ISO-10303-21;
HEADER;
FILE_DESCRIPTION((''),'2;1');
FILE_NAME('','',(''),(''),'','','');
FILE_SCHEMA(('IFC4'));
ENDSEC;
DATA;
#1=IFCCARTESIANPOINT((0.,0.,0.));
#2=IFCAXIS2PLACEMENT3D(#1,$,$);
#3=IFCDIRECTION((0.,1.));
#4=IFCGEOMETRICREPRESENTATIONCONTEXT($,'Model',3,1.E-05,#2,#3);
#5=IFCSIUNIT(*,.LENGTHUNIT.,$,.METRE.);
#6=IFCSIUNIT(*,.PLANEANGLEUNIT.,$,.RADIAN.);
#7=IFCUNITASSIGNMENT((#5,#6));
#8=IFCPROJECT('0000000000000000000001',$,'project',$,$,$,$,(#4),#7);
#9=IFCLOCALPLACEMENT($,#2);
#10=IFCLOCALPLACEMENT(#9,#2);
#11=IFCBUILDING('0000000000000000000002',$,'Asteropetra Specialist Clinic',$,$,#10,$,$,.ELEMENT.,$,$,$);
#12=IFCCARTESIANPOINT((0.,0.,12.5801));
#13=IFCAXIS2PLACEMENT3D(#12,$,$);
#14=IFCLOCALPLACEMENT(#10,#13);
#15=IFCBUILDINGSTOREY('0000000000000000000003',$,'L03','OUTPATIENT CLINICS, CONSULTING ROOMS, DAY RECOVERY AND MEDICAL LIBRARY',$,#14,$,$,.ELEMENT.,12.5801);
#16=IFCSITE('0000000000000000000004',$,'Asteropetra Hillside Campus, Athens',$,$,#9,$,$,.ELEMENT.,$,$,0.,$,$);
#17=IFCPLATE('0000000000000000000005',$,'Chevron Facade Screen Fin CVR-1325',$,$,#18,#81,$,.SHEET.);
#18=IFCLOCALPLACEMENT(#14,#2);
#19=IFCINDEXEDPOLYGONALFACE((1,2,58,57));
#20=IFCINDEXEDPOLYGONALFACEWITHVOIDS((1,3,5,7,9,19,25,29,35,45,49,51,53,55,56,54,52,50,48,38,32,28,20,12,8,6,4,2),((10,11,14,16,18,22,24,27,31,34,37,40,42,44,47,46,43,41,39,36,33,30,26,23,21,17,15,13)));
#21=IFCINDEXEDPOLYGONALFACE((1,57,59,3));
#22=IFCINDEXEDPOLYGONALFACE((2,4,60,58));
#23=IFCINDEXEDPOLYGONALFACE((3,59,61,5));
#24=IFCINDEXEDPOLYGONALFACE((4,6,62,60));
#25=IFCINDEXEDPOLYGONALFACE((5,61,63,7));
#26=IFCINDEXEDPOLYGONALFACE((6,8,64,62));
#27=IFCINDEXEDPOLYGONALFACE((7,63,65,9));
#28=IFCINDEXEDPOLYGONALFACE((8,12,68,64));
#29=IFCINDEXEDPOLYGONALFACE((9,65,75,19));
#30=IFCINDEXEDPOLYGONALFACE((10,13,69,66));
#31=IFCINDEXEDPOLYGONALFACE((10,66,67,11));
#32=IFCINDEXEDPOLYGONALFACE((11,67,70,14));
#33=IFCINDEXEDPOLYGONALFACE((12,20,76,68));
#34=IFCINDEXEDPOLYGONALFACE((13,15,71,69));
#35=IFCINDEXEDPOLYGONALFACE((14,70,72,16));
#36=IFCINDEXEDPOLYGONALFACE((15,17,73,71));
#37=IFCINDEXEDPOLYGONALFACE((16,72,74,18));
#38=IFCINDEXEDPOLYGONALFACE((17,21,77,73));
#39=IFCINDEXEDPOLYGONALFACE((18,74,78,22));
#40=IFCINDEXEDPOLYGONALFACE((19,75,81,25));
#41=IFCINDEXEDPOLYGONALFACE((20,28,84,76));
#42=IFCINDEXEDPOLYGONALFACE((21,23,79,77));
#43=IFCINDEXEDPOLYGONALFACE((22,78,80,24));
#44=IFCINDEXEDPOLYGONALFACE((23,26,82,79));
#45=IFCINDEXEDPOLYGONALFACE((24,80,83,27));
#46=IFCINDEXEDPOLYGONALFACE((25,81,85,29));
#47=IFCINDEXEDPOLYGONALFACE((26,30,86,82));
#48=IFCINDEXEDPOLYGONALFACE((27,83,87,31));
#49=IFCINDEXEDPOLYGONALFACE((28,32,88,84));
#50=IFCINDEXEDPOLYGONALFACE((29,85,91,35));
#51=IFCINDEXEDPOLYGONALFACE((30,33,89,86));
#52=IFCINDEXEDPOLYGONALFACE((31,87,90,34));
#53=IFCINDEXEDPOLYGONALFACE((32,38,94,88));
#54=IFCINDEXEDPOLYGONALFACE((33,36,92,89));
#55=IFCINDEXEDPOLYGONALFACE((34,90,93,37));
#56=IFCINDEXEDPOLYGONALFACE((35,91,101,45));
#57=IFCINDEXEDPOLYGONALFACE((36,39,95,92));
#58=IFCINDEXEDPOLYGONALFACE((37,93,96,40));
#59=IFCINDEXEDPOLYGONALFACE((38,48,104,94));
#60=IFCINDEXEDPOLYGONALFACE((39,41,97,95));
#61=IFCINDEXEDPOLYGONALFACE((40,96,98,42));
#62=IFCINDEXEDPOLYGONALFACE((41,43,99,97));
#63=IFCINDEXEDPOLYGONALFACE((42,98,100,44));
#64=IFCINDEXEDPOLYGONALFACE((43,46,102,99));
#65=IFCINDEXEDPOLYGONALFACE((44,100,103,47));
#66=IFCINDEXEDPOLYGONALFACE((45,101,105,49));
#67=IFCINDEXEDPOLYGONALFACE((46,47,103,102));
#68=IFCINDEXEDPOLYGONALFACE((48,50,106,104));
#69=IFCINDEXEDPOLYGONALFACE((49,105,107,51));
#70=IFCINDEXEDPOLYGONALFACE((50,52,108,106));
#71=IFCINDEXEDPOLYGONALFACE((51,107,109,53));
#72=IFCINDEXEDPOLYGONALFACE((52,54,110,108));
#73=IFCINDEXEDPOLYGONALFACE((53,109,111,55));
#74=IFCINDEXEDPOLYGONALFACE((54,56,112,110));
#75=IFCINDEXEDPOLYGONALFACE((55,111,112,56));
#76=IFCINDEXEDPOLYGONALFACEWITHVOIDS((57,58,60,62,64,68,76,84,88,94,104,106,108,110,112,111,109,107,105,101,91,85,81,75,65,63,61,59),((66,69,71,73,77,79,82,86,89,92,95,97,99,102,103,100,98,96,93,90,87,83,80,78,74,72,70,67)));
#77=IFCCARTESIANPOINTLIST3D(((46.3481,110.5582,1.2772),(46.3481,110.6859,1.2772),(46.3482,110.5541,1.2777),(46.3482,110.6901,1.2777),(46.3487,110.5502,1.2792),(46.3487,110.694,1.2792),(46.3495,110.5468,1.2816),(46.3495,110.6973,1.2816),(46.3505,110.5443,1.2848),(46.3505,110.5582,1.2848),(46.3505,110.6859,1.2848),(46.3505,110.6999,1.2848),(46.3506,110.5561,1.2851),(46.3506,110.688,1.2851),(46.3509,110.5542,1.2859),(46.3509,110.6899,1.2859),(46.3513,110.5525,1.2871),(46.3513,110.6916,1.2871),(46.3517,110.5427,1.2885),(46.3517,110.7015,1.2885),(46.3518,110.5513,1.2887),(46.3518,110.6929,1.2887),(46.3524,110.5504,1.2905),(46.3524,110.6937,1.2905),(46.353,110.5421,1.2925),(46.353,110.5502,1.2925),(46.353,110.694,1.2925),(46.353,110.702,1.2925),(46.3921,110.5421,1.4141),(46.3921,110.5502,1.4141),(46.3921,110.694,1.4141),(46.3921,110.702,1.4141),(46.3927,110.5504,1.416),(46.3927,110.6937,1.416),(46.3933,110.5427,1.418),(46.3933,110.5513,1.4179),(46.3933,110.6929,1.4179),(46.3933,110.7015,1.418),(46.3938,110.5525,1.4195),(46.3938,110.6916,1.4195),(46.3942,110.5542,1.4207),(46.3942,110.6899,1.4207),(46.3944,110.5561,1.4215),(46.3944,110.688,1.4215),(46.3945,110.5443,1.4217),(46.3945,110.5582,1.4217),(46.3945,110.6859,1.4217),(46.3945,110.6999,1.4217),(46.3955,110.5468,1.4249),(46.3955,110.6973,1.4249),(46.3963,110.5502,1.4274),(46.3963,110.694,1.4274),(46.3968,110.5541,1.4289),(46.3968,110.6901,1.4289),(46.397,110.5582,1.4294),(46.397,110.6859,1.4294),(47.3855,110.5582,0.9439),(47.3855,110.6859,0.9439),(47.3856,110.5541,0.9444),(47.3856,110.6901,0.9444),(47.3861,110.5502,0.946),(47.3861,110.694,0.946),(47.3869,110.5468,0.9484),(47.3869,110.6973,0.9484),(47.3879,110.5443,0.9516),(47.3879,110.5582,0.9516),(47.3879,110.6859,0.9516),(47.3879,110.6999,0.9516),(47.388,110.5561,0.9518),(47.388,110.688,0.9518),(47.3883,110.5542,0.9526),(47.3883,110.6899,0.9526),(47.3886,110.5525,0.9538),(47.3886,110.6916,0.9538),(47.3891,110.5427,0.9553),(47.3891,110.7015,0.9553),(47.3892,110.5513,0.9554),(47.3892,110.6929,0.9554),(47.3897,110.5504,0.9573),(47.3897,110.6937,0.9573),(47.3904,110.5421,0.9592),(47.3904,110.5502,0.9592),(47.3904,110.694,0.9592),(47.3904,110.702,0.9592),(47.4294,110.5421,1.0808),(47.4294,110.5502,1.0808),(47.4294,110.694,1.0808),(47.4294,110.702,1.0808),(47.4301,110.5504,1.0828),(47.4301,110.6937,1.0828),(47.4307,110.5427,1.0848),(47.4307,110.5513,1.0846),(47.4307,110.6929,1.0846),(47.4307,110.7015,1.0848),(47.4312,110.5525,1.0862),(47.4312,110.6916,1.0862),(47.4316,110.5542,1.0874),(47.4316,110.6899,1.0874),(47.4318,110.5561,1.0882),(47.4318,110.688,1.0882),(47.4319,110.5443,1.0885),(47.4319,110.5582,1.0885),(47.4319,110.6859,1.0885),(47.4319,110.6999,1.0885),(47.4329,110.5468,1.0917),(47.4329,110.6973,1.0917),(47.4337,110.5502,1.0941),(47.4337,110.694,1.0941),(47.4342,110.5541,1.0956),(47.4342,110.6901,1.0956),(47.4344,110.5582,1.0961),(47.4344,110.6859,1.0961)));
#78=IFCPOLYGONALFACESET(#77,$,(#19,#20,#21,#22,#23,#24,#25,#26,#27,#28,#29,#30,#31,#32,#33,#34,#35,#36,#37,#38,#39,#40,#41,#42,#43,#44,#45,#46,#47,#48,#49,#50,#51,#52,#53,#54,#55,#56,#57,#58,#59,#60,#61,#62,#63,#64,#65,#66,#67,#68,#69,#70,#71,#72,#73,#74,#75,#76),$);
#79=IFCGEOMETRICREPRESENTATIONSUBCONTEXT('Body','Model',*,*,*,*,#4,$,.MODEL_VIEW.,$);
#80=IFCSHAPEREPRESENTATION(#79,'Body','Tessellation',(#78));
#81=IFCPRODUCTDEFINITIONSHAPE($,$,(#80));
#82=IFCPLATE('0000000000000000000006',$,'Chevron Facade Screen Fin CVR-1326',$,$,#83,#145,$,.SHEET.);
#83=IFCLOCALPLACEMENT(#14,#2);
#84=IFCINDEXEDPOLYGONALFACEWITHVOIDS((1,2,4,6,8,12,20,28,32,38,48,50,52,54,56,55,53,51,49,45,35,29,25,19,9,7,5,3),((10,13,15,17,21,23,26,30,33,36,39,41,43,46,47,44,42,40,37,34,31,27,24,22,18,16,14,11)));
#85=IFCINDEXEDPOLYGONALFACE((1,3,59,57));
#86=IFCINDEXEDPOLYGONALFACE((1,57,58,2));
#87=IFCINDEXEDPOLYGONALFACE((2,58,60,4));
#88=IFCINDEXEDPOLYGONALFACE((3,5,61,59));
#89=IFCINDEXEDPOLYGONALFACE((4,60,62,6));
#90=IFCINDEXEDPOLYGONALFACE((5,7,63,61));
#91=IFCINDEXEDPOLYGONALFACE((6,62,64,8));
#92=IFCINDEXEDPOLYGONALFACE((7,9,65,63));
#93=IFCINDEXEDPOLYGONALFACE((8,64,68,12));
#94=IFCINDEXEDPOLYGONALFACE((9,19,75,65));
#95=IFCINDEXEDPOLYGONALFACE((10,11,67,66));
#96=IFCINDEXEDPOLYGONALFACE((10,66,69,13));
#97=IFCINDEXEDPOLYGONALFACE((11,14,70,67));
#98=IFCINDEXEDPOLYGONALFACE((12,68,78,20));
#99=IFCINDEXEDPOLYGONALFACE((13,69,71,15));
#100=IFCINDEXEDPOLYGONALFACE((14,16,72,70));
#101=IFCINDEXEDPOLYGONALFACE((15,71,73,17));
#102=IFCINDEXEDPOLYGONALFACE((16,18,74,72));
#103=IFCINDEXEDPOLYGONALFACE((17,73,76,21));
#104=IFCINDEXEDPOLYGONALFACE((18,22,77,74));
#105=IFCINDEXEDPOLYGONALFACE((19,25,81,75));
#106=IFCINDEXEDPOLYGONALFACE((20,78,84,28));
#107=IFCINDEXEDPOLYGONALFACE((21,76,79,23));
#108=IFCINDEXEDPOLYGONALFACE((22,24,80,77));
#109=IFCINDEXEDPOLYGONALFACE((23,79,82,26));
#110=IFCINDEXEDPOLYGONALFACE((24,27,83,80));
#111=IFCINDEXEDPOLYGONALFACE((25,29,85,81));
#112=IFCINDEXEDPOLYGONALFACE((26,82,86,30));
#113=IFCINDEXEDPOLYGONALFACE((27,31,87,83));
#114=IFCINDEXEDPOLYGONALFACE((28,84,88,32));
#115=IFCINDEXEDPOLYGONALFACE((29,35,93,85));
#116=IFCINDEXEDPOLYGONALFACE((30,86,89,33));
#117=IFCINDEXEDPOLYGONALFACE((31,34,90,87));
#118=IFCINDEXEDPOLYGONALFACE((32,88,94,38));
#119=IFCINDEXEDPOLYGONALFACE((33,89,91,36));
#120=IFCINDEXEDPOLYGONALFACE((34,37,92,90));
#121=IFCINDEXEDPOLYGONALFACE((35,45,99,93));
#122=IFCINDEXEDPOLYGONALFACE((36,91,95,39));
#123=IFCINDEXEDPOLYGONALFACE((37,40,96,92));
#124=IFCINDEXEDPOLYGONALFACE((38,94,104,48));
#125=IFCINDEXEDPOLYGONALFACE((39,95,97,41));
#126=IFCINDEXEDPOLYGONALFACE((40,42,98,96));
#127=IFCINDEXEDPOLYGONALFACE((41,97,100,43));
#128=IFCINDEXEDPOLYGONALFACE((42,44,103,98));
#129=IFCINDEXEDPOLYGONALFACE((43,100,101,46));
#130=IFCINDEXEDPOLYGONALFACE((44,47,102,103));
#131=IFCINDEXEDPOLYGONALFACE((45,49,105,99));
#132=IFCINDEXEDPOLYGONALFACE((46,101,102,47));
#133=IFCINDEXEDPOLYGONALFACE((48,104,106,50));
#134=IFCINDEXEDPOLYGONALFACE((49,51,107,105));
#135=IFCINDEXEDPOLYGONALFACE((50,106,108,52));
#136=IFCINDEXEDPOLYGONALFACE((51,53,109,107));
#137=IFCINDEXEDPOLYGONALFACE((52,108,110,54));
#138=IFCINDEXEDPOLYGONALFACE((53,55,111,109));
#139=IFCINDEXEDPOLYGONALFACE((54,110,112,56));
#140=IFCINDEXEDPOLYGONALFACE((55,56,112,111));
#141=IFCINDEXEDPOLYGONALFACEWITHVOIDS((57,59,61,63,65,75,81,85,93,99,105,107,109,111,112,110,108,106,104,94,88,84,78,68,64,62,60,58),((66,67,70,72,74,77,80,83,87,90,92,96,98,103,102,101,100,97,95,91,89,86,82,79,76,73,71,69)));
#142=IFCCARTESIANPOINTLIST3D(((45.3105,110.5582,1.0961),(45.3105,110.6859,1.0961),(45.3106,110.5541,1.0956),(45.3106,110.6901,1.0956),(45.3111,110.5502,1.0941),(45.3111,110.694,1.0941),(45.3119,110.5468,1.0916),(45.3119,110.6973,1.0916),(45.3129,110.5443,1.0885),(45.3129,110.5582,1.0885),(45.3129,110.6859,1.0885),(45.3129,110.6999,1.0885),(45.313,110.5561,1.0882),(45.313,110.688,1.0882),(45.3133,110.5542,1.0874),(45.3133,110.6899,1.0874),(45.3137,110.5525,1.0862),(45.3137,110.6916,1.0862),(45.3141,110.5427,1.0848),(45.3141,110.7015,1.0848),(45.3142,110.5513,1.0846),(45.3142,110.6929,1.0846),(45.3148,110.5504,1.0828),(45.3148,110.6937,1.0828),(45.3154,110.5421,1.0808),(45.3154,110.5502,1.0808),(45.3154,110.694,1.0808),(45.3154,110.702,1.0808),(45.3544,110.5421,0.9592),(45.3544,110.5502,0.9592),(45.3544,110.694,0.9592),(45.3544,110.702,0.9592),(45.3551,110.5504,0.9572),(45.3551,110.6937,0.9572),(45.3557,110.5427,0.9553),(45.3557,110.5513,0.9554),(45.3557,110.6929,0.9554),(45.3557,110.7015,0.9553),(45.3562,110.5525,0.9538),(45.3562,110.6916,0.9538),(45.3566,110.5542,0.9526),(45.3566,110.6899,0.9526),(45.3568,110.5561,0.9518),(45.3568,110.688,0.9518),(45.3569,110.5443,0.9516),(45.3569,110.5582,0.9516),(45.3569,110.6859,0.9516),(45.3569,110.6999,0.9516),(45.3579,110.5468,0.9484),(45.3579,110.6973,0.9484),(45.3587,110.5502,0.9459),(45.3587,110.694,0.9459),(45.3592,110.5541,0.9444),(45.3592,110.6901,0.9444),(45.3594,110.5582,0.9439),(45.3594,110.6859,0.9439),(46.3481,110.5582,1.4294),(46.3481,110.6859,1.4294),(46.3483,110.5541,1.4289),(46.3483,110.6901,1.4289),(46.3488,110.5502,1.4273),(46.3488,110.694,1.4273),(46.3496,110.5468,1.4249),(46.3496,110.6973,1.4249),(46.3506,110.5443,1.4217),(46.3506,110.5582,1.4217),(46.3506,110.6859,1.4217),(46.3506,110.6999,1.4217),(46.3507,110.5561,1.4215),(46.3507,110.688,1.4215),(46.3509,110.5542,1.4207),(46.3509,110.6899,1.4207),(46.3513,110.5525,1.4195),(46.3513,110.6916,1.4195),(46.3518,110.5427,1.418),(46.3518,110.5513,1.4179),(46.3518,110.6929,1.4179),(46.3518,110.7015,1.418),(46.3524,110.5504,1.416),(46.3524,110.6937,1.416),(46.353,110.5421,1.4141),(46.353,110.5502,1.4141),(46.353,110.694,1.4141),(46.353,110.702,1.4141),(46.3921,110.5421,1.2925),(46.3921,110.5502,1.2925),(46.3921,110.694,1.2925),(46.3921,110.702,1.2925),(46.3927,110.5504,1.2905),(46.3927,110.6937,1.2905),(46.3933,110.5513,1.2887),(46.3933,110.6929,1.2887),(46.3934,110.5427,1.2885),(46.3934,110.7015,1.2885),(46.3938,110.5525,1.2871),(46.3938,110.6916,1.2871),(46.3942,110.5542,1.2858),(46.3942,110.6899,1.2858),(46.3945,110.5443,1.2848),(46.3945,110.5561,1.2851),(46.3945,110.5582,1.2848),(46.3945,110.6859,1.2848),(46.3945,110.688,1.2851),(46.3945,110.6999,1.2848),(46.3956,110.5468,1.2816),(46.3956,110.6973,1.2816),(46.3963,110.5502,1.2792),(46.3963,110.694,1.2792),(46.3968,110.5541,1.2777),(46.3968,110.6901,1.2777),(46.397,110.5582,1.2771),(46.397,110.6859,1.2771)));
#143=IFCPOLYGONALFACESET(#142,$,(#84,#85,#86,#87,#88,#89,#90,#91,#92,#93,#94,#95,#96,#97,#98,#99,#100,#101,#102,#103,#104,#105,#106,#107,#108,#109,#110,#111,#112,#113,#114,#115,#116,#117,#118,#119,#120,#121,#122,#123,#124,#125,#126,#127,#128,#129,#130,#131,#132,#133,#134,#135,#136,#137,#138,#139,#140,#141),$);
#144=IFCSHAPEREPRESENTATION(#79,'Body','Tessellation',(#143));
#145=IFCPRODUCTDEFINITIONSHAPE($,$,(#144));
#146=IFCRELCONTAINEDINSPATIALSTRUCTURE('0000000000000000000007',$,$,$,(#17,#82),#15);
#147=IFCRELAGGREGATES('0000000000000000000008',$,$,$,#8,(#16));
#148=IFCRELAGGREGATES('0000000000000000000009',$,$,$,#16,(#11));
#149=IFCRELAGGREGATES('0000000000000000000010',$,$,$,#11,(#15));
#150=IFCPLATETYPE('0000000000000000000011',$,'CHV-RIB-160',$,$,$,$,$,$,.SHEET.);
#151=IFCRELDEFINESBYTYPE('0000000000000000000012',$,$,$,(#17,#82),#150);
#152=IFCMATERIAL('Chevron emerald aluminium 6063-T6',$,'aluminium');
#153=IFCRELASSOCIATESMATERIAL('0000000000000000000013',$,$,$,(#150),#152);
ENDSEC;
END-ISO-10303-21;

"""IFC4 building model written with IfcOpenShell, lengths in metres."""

from ifc_helpers import new_model, si_unit, direction, frame, origin, origin_2d, place, context, subcontext, project, spatial, hollow_rectangle, extrude, material, material_profile, profile_set, type_object, element, save


model = new_model("IFC4")

# Units and contexts
model_context = context("Model", 3, precision=1e-05, world=origin(), true_north=direction((0.0, 1.0)))
body_context = subcontext(model_context, "Body", "Model", "MODEL_VIEW")
ifc_project = project(units=[si_unit("LENGTHUNIT", "METRE"), si_unit("PLANEANGLEUNIT", "RADIAN")], contexts=[model_context])

# Site, building, storey
site_placement = place(None, origin())
site = spatial("IfcSite", under=ifc_project, at=site_placement, Name="Asteropetra Hillside Campus, Athens", CompositionType="ELEMENT", RefElevation=0.0)
building_placement = place(site_placement, origin())
building = spatial("IfcBuilding", under=site, at=building_placement, Name="Asteropetra Specialist Clinic", CompositionType="ELEMENT")
storey_placement = place(building_placement, frame((0.0, 0.0, 12.5801)))
storey = spatial("IfcBuildingStorey", under=building, at=storey_placement, Name="L03", Description="OUTPATIENT CLINICS, CONSULTING ROOMS, DAY RECOVERY AND MEDICAL LIBRARY", CompositionType="ELEMENT", Elevation=12.5801)

# Plates
ifc_material_1 = material(Name="Chevron emerald aluminium 6063-T6", Category="aluminium")
ifc_material_profile = material_profile(ifc_material_1, hollow_rectangle(XDim=0.1599, YDim=0.1599, WallThickness=0.0081, InnerFilletRadius=0.0081, OuterFilletRadius=0.0161, at=origin_2d()), Name="SHS 160x160x8.0")
ifc_profile_set = profile_set([ifc_material_profile], Name="Chevron emerald aluminium 6063-T6")
plate_type_1 = type_object("IfcPlateType", Name="CHV-RIB-160", PredefinedType="SHEET", material=ifc_profile_set)
plate_1_placement = place(storey_placement, frame((47.4099, 110.6221, 1.02), z_axis=(-0.952078, 0.0, 0.305857), x_axis=(0.0, -1.0, 0.0)))
element("IfcPlate", 1, at=plate_1_placement, inside=storey, type_object=plate_type_1, Name="Chevron Facade Screen Fin CVR-1325", PredefinedType="SHEET", context=body_context, shape_type="SweptSolid", body=[
    extrude(hollow_rectangle(XDim=0.1599, YDim=0.1599, WallThickness=0.0081, InnerFilletRadius=0.0081, OuterFilletRadius=0.0161, at=origin_2d()), origin(), (0.0, 0.0, 1.0), 1.0896),
])
plate_2_placement = place(storey_placement, frame((46.3726, 110.6221, 1.3533), z_axis=(-0.952098, 0.0, -0.305792), x_axis=(0.0, -1.0, 0.0)))
element("IfcPlate", 2, at=plate_2_placement, inside=storey, type_object=plate_type_1, Name="Chevron Facade Screen Fin CVR-1326", PredefinedType="SHEET", context=body_context, shape_type="SweptSolid", body=[
    extrude(hollow_rectangle(XDim=0.1599, YDim=0.1599, WallThickness=0.0081, InnerFilletRadius=0.0081, OuterFilletRadius=0.0161, at=origin_2d()), origin(), (0.0, 0.0, 1.0), 1.0898),
])

save(model, "model.ifc")
